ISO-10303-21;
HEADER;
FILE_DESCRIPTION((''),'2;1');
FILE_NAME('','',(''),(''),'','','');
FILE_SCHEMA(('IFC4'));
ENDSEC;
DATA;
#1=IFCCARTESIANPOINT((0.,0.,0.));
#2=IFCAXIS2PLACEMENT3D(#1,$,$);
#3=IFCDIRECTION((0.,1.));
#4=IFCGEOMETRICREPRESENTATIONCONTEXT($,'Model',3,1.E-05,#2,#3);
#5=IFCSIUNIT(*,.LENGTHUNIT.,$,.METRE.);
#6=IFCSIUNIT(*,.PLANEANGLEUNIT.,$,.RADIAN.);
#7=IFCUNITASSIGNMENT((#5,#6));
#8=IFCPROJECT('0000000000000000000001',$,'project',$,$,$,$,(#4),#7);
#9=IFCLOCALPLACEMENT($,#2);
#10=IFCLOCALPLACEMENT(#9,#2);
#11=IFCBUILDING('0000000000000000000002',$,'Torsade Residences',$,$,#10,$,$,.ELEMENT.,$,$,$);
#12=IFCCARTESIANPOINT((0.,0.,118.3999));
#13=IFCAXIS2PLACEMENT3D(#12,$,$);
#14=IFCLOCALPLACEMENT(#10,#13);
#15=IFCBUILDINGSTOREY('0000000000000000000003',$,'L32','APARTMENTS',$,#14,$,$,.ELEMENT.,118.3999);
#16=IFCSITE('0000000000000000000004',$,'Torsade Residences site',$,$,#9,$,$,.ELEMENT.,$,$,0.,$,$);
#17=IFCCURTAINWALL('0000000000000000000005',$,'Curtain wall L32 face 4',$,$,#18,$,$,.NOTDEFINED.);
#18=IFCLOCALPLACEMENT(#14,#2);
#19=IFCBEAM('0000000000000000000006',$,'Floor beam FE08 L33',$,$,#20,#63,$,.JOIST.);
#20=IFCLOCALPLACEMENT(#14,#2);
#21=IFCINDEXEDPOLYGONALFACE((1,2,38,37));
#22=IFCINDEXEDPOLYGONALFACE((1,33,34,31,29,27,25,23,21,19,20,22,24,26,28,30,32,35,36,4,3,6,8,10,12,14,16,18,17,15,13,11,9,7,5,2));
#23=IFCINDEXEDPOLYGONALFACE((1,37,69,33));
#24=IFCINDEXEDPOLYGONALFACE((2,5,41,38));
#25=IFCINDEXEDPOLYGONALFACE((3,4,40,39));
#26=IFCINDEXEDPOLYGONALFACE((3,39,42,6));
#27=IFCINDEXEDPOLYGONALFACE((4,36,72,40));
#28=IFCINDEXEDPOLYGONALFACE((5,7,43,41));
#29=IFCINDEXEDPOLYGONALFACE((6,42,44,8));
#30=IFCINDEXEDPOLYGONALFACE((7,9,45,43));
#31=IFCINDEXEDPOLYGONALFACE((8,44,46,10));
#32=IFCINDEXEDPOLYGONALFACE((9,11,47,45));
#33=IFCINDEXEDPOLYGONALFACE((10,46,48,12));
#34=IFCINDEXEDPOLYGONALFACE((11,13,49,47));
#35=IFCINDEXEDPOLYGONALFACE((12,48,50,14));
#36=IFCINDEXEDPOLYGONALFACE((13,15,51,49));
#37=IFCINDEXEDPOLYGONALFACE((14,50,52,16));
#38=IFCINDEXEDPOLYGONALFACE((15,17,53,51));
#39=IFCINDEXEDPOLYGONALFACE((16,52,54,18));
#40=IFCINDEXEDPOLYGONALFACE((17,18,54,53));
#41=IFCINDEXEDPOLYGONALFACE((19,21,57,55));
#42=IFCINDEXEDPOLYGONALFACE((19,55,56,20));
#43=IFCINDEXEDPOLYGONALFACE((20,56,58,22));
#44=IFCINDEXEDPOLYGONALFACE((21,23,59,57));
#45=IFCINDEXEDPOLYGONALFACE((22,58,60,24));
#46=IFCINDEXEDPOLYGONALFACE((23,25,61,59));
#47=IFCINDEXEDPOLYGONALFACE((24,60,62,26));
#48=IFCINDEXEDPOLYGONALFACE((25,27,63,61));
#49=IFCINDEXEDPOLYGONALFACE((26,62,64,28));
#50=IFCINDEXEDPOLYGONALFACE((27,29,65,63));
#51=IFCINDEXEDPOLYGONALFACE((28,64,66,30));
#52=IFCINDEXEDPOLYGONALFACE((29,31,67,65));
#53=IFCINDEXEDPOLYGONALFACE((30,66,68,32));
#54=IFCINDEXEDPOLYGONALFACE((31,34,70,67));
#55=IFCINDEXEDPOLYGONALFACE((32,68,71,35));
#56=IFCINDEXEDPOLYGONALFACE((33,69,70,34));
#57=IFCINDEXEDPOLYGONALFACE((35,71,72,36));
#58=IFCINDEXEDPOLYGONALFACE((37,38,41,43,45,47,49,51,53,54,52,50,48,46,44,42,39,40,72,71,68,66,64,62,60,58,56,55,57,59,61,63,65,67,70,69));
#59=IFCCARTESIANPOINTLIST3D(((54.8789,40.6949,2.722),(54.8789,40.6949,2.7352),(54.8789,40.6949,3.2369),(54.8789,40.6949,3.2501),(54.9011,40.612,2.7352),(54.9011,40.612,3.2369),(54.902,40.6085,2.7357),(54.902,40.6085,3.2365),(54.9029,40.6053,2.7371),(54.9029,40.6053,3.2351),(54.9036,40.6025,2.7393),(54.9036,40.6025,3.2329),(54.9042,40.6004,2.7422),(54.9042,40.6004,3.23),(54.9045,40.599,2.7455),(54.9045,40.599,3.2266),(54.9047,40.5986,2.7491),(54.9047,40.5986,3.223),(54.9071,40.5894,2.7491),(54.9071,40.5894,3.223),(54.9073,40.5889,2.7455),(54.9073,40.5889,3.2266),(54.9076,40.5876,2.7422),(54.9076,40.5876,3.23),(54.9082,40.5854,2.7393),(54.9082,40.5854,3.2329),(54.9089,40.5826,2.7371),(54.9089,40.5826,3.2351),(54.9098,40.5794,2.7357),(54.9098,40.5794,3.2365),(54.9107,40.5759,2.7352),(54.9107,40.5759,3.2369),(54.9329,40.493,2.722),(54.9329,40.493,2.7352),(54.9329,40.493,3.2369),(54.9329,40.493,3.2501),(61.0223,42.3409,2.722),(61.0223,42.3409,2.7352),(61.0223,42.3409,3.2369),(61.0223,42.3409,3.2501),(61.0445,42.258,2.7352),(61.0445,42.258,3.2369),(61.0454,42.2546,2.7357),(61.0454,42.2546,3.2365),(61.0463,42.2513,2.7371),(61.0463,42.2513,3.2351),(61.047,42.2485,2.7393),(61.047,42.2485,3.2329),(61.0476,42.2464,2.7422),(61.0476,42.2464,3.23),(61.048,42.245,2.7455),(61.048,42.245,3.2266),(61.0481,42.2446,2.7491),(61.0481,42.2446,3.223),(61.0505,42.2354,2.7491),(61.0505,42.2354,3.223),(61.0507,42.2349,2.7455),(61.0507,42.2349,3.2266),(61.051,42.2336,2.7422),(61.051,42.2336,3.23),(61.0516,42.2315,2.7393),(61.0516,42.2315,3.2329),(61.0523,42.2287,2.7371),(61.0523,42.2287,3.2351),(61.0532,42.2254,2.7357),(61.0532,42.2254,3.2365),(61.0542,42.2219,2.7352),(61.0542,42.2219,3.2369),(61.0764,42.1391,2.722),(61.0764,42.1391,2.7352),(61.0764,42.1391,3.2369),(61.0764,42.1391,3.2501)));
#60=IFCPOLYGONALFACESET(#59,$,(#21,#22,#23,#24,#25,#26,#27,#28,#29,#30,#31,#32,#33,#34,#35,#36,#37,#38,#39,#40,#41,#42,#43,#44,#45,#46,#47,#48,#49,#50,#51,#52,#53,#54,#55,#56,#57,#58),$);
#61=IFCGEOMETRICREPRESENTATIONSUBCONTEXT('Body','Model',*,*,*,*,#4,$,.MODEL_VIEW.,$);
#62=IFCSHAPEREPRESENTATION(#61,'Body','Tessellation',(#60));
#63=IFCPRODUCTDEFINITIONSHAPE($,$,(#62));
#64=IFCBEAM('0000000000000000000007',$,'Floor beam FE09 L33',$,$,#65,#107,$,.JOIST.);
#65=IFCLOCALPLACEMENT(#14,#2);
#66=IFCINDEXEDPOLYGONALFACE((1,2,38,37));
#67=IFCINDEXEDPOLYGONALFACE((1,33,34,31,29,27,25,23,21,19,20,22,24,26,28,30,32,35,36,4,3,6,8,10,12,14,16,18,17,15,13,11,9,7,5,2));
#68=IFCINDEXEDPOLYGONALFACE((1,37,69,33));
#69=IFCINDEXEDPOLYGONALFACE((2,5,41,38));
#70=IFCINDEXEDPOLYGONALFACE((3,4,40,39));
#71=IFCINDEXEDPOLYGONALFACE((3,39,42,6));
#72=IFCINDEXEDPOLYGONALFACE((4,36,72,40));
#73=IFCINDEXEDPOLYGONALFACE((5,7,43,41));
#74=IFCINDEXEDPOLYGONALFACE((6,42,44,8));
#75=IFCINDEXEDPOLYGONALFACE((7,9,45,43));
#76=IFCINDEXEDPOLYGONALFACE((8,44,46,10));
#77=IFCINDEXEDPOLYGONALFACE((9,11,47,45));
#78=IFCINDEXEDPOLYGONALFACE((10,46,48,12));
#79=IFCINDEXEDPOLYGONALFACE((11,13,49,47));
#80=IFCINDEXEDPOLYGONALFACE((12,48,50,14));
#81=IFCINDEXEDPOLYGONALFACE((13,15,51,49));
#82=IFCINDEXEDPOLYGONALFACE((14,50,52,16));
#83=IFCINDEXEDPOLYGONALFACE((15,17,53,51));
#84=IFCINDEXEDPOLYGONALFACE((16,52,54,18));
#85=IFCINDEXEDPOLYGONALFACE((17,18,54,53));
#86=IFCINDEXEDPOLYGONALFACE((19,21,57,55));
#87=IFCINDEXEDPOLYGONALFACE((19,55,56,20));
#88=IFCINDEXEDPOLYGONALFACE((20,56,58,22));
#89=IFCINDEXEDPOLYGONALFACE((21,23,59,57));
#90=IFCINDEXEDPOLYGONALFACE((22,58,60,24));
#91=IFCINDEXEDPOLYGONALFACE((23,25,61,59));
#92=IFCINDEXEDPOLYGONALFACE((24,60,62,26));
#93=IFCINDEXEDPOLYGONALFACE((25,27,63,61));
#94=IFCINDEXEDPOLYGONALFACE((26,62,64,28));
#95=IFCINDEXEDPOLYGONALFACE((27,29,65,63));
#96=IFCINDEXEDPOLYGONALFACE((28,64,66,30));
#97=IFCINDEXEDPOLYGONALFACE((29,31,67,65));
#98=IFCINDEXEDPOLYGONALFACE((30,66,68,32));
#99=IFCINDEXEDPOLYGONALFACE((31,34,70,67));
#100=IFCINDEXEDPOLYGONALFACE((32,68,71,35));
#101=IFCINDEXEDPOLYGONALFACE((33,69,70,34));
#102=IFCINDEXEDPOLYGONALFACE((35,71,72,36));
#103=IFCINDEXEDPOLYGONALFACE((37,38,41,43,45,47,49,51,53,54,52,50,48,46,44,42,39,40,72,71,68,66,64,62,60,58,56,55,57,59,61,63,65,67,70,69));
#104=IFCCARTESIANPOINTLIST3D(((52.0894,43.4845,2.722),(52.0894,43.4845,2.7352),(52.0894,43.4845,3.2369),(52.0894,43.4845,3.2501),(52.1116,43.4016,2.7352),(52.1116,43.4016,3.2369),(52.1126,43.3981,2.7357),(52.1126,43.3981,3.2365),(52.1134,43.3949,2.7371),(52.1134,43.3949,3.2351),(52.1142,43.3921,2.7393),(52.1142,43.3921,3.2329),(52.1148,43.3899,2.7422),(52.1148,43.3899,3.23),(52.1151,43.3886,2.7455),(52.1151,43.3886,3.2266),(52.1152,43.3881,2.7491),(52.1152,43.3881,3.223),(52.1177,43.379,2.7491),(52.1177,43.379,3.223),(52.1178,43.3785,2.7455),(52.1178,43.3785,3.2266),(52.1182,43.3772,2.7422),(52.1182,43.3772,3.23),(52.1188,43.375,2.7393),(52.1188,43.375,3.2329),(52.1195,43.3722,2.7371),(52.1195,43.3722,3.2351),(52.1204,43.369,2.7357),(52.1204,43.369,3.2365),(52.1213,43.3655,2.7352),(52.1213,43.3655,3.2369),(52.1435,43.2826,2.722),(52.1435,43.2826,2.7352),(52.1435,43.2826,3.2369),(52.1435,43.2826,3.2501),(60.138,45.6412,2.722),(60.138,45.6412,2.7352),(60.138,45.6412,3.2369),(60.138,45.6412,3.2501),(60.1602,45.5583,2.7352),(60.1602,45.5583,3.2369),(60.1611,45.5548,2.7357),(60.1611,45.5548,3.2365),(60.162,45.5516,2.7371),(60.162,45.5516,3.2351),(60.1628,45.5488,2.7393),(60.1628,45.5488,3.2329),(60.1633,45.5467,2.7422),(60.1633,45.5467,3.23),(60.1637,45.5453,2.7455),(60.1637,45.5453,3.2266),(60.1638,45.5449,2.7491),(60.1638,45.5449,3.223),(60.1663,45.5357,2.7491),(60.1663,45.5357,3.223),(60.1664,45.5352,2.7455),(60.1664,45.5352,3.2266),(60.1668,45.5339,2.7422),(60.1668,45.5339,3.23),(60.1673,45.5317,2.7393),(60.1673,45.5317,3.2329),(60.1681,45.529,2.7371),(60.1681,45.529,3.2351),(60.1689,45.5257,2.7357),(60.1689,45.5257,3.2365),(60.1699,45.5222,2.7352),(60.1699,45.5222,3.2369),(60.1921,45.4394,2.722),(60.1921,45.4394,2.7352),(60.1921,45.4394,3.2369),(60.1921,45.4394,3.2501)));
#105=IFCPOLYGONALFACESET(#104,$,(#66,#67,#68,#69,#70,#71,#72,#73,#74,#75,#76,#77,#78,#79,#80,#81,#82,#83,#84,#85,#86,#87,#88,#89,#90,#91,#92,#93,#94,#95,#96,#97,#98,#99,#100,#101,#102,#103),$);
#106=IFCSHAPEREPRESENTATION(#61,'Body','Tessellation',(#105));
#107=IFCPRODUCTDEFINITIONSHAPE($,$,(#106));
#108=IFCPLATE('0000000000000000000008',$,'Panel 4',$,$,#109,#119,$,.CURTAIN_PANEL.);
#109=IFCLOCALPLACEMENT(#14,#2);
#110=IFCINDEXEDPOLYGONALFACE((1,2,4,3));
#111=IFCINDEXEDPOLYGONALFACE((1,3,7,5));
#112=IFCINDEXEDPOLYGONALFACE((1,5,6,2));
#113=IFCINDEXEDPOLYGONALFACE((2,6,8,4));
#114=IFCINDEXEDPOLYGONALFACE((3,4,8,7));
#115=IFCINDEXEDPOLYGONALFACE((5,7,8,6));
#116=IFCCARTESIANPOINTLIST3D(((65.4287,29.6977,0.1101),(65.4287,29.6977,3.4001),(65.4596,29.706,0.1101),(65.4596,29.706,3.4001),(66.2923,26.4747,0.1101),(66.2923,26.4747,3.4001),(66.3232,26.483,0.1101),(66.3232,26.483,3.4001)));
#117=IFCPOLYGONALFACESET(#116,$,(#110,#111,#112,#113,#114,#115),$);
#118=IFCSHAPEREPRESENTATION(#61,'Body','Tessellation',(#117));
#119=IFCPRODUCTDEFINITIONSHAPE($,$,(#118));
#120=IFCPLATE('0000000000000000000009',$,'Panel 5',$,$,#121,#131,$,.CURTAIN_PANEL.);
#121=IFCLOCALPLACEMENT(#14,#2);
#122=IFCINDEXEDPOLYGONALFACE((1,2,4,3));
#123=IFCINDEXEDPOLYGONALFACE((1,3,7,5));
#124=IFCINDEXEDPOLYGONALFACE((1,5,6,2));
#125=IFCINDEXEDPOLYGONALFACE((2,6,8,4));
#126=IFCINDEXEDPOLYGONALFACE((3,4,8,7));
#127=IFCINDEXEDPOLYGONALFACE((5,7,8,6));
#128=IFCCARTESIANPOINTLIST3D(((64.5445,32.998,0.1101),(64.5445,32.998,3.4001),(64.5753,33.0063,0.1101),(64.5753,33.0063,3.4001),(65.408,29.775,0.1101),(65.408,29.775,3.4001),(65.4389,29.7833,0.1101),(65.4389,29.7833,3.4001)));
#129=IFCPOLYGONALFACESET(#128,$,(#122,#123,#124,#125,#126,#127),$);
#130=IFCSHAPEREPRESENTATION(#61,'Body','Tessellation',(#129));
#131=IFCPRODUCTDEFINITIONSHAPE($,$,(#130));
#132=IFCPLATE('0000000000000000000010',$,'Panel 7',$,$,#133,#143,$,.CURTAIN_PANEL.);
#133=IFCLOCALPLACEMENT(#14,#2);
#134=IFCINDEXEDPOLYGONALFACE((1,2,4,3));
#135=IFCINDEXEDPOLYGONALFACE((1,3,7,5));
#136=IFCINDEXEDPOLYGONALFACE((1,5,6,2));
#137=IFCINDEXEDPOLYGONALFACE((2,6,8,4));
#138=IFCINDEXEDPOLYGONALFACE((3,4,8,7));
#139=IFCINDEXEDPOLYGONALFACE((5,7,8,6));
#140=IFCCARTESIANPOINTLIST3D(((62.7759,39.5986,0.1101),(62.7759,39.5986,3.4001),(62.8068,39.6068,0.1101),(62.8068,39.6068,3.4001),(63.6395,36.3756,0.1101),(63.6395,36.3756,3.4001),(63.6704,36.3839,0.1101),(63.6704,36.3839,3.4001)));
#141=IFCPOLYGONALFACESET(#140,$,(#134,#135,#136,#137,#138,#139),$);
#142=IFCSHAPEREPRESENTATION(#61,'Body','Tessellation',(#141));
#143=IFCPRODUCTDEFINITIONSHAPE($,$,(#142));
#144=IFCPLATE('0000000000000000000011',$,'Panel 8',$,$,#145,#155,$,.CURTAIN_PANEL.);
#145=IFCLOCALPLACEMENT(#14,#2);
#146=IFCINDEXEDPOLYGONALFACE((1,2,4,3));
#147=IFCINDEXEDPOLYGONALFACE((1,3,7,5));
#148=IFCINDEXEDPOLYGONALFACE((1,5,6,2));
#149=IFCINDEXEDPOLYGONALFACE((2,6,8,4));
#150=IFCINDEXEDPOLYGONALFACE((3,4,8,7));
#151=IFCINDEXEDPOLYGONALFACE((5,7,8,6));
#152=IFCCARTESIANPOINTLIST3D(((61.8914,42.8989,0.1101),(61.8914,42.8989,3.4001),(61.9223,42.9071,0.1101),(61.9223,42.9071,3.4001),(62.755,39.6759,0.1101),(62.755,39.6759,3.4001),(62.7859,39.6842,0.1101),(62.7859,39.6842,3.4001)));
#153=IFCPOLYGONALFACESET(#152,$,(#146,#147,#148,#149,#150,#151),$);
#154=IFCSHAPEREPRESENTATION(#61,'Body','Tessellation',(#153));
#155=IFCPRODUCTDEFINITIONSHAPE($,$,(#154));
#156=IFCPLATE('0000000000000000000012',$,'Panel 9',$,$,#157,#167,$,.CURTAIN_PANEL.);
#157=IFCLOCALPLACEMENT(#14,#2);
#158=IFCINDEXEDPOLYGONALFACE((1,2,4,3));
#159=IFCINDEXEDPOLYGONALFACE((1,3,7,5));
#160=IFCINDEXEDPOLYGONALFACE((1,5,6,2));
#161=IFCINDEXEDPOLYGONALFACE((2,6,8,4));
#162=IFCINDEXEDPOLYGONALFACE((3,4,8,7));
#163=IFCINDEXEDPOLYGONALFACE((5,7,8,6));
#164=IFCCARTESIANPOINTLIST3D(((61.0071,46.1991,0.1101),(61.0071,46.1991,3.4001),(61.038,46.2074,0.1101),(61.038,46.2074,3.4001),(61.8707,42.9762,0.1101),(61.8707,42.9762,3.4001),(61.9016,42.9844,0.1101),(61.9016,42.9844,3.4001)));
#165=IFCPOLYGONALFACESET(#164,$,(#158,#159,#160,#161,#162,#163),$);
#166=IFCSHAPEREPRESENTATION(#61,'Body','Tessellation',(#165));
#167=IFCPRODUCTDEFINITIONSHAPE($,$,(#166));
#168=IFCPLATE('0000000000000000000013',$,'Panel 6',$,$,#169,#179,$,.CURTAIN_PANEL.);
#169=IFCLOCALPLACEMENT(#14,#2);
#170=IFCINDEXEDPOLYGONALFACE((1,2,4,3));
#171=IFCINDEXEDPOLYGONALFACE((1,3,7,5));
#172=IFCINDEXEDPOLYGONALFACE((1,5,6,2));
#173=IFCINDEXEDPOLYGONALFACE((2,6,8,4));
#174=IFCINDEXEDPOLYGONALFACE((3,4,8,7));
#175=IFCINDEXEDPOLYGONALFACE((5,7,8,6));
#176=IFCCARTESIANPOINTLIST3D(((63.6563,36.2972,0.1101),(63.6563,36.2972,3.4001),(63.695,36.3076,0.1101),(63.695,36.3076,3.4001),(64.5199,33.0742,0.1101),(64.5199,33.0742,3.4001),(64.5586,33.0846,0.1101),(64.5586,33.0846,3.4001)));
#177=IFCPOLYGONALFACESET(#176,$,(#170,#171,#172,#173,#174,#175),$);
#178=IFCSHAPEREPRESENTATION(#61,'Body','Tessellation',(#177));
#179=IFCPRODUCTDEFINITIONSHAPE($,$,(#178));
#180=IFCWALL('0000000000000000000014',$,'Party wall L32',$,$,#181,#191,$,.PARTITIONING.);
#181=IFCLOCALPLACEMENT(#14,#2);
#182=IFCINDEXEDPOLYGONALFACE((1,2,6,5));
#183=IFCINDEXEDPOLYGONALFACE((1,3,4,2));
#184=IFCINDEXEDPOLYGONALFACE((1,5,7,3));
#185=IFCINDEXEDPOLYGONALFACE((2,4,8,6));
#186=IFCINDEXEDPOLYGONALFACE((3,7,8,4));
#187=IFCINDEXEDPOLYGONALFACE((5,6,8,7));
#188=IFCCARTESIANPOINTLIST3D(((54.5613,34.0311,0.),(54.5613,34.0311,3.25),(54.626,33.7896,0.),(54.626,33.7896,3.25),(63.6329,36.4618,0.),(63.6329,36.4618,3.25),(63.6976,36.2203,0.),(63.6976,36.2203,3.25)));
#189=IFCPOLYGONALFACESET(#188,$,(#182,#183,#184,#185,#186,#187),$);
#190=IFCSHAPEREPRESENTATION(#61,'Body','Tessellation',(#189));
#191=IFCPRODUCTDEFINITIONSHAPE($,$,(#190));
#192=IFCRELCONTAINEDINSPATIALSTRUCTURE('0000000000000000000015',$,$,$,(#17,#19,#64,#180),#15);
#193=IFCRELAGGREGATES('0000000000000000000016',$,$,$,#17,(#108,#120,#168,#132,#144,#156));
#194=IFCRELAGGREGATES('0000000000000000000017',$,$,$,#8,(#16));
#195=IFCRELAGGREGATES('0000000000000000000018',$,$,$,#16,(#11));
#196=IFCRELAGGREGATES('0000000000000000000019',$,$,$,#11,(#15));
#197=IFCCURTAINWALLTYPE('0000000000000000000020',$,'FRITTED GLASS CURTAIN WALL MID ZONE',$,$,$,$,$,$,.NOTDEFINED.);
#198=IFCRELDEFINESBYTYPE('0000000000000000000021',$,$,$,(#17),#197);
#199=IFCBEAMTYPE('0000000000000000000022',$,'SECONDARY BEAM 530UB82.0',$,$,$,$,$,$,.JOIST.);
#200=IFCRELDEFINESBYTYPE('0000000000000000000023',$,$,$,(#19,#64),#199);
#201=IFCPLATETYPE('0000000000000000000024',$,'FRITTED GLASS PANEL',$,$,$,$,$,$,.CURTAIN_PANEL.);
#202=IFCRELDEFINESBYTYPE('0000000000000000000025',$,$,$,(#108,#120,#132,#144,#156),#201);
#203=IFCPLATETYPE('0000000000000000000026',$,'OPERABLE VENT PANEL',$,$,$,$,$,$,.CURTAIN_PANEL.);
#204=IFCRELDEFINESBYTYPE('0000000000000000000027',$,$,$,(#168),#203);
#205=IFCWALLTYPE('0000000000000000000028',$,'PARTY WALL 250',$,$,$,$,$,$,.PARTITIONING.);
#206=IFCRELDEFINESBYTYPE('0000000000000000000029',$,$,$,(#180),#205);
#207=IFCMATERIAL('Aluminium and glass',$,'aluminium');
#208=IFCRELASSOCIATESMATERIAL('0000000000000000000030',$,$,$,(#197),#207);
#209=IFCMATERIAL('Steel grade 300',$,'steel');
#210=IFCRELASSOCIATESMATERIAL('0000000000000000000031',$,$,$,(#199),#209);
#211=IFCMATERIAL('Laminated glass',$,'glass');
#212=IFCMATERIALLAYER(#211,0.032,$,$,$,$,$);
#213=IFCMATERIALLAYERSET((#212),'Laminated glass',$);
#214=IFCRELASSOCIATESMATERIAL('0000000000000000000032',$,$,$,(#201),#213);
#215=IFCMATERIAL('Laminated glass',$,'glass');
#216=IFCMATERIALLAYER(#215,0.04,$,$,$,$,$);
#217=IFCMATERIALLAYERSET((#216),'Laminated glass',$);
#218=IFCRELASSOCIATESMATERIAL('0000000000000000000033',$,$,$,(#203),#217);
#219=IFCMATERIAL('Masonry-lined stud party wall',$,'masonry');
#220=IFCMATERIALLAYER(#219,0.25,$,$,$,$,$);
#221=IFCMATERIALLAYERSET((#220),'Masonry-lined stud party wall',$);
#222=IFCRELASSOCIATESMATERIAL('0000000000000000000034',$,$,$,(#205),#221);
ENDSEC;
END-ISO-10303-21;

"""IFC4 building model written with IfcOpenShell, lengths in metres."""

from ifc_helpers import new_model, si_unit, direction, frame, frame_2d, origin, origin_2d, place, context, subcontext, project, spatial, rectangle, i_section, extrude, material, layer, layer_set, material_profile, profile_set, type_object, element, aggregate, save


model = new_model("IFC4")

# Units and contexts
model_context = context("Model", 3, precision=1e-05, world=origin(), true_north=direction((0.0, 1.0)))
body_context = subcontext(model_context, "Body", "Model", "MODEL_VIEW")
ifc_project = project(units=[si_unit("LENGTHUNIT", "METRE"), si_unit("PLANEANGLEUNIT", "RADIAN")], contexts=[model_context])

# Site, building, storey
site_placement = place(None, origin())
site = spatial("IfcSite", under=ifc_project, at=site_placement, Name="Torsade Residences site", CompositionType="ELEMENT", RefElevation=0.0)
building_placement = place(site_placement, origin())
building = spatial("IfcBuilding", under=site, at=building_placement, Name="Torsade Residences", CompositionType="ELEMENT")
storey_placement = place(building_placement, frame((0.0, 0.0, 118.3999)))
storey = spatial("IfcBuildingStorey", under=building, at=storey_placement, Name="L32", Description="APARTMENTS", CompositionType="ELEMENT", Elevation=118.3999)

# Curtain wall
ifc_material_1 = material(Name="Aluminium and glass", Category="aluminium")
curtain_wall_type = type_object("IfcCurtainWallType", Name="FRITTED GLASS CURTAIN WALL MID ZONE", PredefinedType="NOTDEFINED", material=ifc_material_1)
curtain_wall_placement = place(storey_placement, origin())
curtain_wall = element("IfcCurtainWall", 1, at=curtain_wall_placement, inside=storey, type_object=curtain_wall_type, Name="Curtain wall L32 face 4", PredefinedType="NOTDEFINED")

# Beams
ifc_material_2 = material(Name="Steel grade 300", Category="steel")
ifc_material_profile_1 = material_profile(ifc_material_2, i_section(OverallWidth=0.209, OverallDepth=0.5281, WebThickness=0.0095, FlangeThickness=0.0132, FilletRadius=0.0139, at=origin_2d()), Name="530UB82.0")
ifc_profile_set_1 = profile_set([ifc_material_profile_1], Name="Steel grade 300")
beam_type_1 = type_object("IfcBeamType", Name="SECONDARY BEAM 530UB82.0", PredefinedType="JOIST", material=ifc_profile_set_1)
beam_1_placement = place(storey_placement, frame((61.0493, 42.24, 2.9861), z_axis=(-0.96593, -0.258805, 0.0), x_axis=(0.258805, -0.96593, 0.0)))
element("IfcBeam", 2, at=beam_1_placement, inside=storey, type_object=beam_type_1, Name="Floor beam FE08 L33", PredefinedType="JOIST", context=body_context, shape_type="SweptSolid", body=[
    extrude(i_section(OverallWidth=0.209, OverallDepth=0.5281, WebThickness=0.0095, FlangeThickness=0.0132, FilletRadius=0.0139, at=origin_2d()), origin(), (0.0, 0.0, 1.0), 6.3601),
])
beam_2_placement = place(storey_placement, frame((60.165, 45.5403, 2.9861), z_axis=(-0.965922, -0.258833, 0.0), x_axis=(0.258833, -0.965922, 0.0)))
element("IfcBeam", 3, at=beam_2_placement, inside=storey, type_object=beam_type_1, Name="Floor beam FE09 L33", PredefinedType="JOIST", context=body_context, shape_type="SweptSolid", body=[
    extrude(i_section(OverallWidth=0.209, OverallDepth=0.5281, WebThickness=0.0095, FlangeThickness=0.0132, FilletRadius=0.0139, at=origin_2d()), origin(), (0.0, 0.0, 1.0), 8.3325),
])

# Plates
ifc_material_3 = material(Name="Laminated glass", Category="glass")
ifc_layer_1 = layer(ifc_material_3, 0.032)
ifc_layer_set_1 = layer_set([ifc_layer_1], Name="Laminated glass")
plate_type_1 = type_object("IfcPlateType", Name="FRITTED GLASS PANEL", PredefinedType="CURTAIN_PANEL", material=ifc_layer_set_1)
plate_1_placement = place(storey_placement, frame((65.876, 28.0903, 0.1101), z_axis=(0.0, 0.0, 1.0), x_axis=(-0.258819, 0.965926, 0.0)))
plate_1 = element("IfcPlate", 4, at=plate_1_placement, type_object=plate_type_1, Name="Panel 4", PredefinedType="CURTAIN_PANEL", context=body_context, shape_type="SweptSolid", body=[
    extrude(rectangle(XDim=3.3367, YDim=0.032, at=origin_2d()), origin(), (0.0, 0.0, 1.0), 3.29),
])
plate_2_placement = place(storey_placement, frame((64.9917, 31.3906, 0.1101), z_axis=(0.0, 0.0, 1.0), x_axis=(-0.258819, 0.965926, 0.0)))
plate_2 = element("IfcPlate", 5, at=plate_2_placement, type_object=plate_type_1, Name="Panel 5", PredefinedType="CURTAIN_PANEL", context=body_context, shape_type="SweptSolid", body=[
    extrude(rectangle(XDim=3.3367, YDim=0.032, at=origin_2d()), origin(), (0.0, 0.0, 1.0), 3.29),
])
plate_3_placement = place(storey_placement, frame((63.2231, 37.9912, 0.1101), z_axis=(0.0, 0.0, 1.0), x_axis=(-0.258819, 0.965926, 0.0)))
plate_3 = element("IfcPlate", 6, at=plate_3_placement, type_object=plate_type_1, Name="Panel 7", PredefinedType="CURTAIN_PANEL", context=body_context, shape_type="SweptSolid", body=[
    extrude(rectangle(XDim=3.3367, YDim=0.032, at=origin_2d()), origin(), (0.0, 0.0, 1.0), 3.29),
])
plate_4_placement = place(storey_placement, frame((62.3386, 41.2915, 0.1101), z_axis=(0.0, 0.0, 1.0), x_axis=(-0.258819, 0.965926, 0.0)))
plate_4 = element("IfcPlate", 7, at=plate_4_placement, type_object=plate_type_1, Name="Panel 8", PredefinedType="CURTAIN_PANEL", context=body_context, shape_type="SweptSolid", body=[
    extrude(rectangle(XDim=3.3367, YDim=0.032, at=origin_2d()), origin(), (0.0, 0.0, 1.0), 3.29),
])
plate_5_placement = place(storey_placement, frame((61.4543, 44.5918, 0.1101), z_axis=(0.0, 0.0, 1.0), x_axis=(-0.258819, 0.965926, 0.0)))
plate_5 = element("IfcPlate", 8, at=plate_5_placement, type_object=plate_type_1, Name="Panel 9", PredefinedType="CURTAIN_PANEL", context=body_context, shape_type="SweptSolid", body=[
    extrude(rectangle(XDim=3.3367, YDim=0.032, at=origin_2d()), origin(), (0.0, 0.0, 1.0), 3.29),
])
ifc_material_4 = material(Name="Laminated glass", Category="glass")
ifc_layer_2 = layer(ifc_material_4, 0.04)
ifc_layer_set_2 = layer_set([ifc_layer_2], Name="Laminated glass")
plate_type_2 = type_object("IfcPlateType", Name="OPERABLE VENT PANEL", PredefinedType="CURTAIN_PANEL", material=ifc_layer_set_2)
plate_6_placement = place(storey_placement, frame((64.1074, 34.6909, 0.1101), z_axis=(0.0, 0.0, 1.0), x_axis=(-0.258819, 0.965926, 0.0)))
plate_6 = element("IfcPlate", 9, at=plate_6_placement, type_object=plate_type_2, Name="Panel 6", PredefinedType="CURTAIN_PANEL", context=body_context, shape_type="SweptSolid", body=[
    extrude(rectangle(XDim=3.3367, YDim=0.04, at=origin_2d()), origin(), (0.0, 0.0, 1.0), 3.29),
])
aggregate(curtain_wall, [plate_1, plate_2, plate_6, plate_3, plate_4, plate_5])

# Wall
ifc_material_5 = material(Name="Masonry-lined stud party wall", Category="masonry")
ifc_layer_3 = layer(ifc_material_5, 0.25)
ifc_layer_set_3 = layer_set([ifc_layer_3], Name="Masonry-lined stud party wall")
wall_type = type_object("IfcWallType", Name="PARTY WALL 250", PredefinedType="PARTITIONING", material=ifc_layer_set_3)
wall_placement = place(storey_placement, frame((63.6653, 36.3411, 0.0), z_axis=(0.0, 0.0, 1.0), x_axis=(-0.965927, -0.258814, 0.0)))
element("IfcWall", 10, at=wall_placement, inside=storey, type_object=wall_type, Name="Party wall L32", PredefinedType="PARTITIONING", context=body_context, shape_type="SweptSolid", body=[
    extrude(rectangle(XDim=9.3916, YDim=0.25, at=frame_2d((4.6958, 0.0))), origin(), (0.0, 0.0, 1.0), 3.25),
])

save(model, "model.ifc")
